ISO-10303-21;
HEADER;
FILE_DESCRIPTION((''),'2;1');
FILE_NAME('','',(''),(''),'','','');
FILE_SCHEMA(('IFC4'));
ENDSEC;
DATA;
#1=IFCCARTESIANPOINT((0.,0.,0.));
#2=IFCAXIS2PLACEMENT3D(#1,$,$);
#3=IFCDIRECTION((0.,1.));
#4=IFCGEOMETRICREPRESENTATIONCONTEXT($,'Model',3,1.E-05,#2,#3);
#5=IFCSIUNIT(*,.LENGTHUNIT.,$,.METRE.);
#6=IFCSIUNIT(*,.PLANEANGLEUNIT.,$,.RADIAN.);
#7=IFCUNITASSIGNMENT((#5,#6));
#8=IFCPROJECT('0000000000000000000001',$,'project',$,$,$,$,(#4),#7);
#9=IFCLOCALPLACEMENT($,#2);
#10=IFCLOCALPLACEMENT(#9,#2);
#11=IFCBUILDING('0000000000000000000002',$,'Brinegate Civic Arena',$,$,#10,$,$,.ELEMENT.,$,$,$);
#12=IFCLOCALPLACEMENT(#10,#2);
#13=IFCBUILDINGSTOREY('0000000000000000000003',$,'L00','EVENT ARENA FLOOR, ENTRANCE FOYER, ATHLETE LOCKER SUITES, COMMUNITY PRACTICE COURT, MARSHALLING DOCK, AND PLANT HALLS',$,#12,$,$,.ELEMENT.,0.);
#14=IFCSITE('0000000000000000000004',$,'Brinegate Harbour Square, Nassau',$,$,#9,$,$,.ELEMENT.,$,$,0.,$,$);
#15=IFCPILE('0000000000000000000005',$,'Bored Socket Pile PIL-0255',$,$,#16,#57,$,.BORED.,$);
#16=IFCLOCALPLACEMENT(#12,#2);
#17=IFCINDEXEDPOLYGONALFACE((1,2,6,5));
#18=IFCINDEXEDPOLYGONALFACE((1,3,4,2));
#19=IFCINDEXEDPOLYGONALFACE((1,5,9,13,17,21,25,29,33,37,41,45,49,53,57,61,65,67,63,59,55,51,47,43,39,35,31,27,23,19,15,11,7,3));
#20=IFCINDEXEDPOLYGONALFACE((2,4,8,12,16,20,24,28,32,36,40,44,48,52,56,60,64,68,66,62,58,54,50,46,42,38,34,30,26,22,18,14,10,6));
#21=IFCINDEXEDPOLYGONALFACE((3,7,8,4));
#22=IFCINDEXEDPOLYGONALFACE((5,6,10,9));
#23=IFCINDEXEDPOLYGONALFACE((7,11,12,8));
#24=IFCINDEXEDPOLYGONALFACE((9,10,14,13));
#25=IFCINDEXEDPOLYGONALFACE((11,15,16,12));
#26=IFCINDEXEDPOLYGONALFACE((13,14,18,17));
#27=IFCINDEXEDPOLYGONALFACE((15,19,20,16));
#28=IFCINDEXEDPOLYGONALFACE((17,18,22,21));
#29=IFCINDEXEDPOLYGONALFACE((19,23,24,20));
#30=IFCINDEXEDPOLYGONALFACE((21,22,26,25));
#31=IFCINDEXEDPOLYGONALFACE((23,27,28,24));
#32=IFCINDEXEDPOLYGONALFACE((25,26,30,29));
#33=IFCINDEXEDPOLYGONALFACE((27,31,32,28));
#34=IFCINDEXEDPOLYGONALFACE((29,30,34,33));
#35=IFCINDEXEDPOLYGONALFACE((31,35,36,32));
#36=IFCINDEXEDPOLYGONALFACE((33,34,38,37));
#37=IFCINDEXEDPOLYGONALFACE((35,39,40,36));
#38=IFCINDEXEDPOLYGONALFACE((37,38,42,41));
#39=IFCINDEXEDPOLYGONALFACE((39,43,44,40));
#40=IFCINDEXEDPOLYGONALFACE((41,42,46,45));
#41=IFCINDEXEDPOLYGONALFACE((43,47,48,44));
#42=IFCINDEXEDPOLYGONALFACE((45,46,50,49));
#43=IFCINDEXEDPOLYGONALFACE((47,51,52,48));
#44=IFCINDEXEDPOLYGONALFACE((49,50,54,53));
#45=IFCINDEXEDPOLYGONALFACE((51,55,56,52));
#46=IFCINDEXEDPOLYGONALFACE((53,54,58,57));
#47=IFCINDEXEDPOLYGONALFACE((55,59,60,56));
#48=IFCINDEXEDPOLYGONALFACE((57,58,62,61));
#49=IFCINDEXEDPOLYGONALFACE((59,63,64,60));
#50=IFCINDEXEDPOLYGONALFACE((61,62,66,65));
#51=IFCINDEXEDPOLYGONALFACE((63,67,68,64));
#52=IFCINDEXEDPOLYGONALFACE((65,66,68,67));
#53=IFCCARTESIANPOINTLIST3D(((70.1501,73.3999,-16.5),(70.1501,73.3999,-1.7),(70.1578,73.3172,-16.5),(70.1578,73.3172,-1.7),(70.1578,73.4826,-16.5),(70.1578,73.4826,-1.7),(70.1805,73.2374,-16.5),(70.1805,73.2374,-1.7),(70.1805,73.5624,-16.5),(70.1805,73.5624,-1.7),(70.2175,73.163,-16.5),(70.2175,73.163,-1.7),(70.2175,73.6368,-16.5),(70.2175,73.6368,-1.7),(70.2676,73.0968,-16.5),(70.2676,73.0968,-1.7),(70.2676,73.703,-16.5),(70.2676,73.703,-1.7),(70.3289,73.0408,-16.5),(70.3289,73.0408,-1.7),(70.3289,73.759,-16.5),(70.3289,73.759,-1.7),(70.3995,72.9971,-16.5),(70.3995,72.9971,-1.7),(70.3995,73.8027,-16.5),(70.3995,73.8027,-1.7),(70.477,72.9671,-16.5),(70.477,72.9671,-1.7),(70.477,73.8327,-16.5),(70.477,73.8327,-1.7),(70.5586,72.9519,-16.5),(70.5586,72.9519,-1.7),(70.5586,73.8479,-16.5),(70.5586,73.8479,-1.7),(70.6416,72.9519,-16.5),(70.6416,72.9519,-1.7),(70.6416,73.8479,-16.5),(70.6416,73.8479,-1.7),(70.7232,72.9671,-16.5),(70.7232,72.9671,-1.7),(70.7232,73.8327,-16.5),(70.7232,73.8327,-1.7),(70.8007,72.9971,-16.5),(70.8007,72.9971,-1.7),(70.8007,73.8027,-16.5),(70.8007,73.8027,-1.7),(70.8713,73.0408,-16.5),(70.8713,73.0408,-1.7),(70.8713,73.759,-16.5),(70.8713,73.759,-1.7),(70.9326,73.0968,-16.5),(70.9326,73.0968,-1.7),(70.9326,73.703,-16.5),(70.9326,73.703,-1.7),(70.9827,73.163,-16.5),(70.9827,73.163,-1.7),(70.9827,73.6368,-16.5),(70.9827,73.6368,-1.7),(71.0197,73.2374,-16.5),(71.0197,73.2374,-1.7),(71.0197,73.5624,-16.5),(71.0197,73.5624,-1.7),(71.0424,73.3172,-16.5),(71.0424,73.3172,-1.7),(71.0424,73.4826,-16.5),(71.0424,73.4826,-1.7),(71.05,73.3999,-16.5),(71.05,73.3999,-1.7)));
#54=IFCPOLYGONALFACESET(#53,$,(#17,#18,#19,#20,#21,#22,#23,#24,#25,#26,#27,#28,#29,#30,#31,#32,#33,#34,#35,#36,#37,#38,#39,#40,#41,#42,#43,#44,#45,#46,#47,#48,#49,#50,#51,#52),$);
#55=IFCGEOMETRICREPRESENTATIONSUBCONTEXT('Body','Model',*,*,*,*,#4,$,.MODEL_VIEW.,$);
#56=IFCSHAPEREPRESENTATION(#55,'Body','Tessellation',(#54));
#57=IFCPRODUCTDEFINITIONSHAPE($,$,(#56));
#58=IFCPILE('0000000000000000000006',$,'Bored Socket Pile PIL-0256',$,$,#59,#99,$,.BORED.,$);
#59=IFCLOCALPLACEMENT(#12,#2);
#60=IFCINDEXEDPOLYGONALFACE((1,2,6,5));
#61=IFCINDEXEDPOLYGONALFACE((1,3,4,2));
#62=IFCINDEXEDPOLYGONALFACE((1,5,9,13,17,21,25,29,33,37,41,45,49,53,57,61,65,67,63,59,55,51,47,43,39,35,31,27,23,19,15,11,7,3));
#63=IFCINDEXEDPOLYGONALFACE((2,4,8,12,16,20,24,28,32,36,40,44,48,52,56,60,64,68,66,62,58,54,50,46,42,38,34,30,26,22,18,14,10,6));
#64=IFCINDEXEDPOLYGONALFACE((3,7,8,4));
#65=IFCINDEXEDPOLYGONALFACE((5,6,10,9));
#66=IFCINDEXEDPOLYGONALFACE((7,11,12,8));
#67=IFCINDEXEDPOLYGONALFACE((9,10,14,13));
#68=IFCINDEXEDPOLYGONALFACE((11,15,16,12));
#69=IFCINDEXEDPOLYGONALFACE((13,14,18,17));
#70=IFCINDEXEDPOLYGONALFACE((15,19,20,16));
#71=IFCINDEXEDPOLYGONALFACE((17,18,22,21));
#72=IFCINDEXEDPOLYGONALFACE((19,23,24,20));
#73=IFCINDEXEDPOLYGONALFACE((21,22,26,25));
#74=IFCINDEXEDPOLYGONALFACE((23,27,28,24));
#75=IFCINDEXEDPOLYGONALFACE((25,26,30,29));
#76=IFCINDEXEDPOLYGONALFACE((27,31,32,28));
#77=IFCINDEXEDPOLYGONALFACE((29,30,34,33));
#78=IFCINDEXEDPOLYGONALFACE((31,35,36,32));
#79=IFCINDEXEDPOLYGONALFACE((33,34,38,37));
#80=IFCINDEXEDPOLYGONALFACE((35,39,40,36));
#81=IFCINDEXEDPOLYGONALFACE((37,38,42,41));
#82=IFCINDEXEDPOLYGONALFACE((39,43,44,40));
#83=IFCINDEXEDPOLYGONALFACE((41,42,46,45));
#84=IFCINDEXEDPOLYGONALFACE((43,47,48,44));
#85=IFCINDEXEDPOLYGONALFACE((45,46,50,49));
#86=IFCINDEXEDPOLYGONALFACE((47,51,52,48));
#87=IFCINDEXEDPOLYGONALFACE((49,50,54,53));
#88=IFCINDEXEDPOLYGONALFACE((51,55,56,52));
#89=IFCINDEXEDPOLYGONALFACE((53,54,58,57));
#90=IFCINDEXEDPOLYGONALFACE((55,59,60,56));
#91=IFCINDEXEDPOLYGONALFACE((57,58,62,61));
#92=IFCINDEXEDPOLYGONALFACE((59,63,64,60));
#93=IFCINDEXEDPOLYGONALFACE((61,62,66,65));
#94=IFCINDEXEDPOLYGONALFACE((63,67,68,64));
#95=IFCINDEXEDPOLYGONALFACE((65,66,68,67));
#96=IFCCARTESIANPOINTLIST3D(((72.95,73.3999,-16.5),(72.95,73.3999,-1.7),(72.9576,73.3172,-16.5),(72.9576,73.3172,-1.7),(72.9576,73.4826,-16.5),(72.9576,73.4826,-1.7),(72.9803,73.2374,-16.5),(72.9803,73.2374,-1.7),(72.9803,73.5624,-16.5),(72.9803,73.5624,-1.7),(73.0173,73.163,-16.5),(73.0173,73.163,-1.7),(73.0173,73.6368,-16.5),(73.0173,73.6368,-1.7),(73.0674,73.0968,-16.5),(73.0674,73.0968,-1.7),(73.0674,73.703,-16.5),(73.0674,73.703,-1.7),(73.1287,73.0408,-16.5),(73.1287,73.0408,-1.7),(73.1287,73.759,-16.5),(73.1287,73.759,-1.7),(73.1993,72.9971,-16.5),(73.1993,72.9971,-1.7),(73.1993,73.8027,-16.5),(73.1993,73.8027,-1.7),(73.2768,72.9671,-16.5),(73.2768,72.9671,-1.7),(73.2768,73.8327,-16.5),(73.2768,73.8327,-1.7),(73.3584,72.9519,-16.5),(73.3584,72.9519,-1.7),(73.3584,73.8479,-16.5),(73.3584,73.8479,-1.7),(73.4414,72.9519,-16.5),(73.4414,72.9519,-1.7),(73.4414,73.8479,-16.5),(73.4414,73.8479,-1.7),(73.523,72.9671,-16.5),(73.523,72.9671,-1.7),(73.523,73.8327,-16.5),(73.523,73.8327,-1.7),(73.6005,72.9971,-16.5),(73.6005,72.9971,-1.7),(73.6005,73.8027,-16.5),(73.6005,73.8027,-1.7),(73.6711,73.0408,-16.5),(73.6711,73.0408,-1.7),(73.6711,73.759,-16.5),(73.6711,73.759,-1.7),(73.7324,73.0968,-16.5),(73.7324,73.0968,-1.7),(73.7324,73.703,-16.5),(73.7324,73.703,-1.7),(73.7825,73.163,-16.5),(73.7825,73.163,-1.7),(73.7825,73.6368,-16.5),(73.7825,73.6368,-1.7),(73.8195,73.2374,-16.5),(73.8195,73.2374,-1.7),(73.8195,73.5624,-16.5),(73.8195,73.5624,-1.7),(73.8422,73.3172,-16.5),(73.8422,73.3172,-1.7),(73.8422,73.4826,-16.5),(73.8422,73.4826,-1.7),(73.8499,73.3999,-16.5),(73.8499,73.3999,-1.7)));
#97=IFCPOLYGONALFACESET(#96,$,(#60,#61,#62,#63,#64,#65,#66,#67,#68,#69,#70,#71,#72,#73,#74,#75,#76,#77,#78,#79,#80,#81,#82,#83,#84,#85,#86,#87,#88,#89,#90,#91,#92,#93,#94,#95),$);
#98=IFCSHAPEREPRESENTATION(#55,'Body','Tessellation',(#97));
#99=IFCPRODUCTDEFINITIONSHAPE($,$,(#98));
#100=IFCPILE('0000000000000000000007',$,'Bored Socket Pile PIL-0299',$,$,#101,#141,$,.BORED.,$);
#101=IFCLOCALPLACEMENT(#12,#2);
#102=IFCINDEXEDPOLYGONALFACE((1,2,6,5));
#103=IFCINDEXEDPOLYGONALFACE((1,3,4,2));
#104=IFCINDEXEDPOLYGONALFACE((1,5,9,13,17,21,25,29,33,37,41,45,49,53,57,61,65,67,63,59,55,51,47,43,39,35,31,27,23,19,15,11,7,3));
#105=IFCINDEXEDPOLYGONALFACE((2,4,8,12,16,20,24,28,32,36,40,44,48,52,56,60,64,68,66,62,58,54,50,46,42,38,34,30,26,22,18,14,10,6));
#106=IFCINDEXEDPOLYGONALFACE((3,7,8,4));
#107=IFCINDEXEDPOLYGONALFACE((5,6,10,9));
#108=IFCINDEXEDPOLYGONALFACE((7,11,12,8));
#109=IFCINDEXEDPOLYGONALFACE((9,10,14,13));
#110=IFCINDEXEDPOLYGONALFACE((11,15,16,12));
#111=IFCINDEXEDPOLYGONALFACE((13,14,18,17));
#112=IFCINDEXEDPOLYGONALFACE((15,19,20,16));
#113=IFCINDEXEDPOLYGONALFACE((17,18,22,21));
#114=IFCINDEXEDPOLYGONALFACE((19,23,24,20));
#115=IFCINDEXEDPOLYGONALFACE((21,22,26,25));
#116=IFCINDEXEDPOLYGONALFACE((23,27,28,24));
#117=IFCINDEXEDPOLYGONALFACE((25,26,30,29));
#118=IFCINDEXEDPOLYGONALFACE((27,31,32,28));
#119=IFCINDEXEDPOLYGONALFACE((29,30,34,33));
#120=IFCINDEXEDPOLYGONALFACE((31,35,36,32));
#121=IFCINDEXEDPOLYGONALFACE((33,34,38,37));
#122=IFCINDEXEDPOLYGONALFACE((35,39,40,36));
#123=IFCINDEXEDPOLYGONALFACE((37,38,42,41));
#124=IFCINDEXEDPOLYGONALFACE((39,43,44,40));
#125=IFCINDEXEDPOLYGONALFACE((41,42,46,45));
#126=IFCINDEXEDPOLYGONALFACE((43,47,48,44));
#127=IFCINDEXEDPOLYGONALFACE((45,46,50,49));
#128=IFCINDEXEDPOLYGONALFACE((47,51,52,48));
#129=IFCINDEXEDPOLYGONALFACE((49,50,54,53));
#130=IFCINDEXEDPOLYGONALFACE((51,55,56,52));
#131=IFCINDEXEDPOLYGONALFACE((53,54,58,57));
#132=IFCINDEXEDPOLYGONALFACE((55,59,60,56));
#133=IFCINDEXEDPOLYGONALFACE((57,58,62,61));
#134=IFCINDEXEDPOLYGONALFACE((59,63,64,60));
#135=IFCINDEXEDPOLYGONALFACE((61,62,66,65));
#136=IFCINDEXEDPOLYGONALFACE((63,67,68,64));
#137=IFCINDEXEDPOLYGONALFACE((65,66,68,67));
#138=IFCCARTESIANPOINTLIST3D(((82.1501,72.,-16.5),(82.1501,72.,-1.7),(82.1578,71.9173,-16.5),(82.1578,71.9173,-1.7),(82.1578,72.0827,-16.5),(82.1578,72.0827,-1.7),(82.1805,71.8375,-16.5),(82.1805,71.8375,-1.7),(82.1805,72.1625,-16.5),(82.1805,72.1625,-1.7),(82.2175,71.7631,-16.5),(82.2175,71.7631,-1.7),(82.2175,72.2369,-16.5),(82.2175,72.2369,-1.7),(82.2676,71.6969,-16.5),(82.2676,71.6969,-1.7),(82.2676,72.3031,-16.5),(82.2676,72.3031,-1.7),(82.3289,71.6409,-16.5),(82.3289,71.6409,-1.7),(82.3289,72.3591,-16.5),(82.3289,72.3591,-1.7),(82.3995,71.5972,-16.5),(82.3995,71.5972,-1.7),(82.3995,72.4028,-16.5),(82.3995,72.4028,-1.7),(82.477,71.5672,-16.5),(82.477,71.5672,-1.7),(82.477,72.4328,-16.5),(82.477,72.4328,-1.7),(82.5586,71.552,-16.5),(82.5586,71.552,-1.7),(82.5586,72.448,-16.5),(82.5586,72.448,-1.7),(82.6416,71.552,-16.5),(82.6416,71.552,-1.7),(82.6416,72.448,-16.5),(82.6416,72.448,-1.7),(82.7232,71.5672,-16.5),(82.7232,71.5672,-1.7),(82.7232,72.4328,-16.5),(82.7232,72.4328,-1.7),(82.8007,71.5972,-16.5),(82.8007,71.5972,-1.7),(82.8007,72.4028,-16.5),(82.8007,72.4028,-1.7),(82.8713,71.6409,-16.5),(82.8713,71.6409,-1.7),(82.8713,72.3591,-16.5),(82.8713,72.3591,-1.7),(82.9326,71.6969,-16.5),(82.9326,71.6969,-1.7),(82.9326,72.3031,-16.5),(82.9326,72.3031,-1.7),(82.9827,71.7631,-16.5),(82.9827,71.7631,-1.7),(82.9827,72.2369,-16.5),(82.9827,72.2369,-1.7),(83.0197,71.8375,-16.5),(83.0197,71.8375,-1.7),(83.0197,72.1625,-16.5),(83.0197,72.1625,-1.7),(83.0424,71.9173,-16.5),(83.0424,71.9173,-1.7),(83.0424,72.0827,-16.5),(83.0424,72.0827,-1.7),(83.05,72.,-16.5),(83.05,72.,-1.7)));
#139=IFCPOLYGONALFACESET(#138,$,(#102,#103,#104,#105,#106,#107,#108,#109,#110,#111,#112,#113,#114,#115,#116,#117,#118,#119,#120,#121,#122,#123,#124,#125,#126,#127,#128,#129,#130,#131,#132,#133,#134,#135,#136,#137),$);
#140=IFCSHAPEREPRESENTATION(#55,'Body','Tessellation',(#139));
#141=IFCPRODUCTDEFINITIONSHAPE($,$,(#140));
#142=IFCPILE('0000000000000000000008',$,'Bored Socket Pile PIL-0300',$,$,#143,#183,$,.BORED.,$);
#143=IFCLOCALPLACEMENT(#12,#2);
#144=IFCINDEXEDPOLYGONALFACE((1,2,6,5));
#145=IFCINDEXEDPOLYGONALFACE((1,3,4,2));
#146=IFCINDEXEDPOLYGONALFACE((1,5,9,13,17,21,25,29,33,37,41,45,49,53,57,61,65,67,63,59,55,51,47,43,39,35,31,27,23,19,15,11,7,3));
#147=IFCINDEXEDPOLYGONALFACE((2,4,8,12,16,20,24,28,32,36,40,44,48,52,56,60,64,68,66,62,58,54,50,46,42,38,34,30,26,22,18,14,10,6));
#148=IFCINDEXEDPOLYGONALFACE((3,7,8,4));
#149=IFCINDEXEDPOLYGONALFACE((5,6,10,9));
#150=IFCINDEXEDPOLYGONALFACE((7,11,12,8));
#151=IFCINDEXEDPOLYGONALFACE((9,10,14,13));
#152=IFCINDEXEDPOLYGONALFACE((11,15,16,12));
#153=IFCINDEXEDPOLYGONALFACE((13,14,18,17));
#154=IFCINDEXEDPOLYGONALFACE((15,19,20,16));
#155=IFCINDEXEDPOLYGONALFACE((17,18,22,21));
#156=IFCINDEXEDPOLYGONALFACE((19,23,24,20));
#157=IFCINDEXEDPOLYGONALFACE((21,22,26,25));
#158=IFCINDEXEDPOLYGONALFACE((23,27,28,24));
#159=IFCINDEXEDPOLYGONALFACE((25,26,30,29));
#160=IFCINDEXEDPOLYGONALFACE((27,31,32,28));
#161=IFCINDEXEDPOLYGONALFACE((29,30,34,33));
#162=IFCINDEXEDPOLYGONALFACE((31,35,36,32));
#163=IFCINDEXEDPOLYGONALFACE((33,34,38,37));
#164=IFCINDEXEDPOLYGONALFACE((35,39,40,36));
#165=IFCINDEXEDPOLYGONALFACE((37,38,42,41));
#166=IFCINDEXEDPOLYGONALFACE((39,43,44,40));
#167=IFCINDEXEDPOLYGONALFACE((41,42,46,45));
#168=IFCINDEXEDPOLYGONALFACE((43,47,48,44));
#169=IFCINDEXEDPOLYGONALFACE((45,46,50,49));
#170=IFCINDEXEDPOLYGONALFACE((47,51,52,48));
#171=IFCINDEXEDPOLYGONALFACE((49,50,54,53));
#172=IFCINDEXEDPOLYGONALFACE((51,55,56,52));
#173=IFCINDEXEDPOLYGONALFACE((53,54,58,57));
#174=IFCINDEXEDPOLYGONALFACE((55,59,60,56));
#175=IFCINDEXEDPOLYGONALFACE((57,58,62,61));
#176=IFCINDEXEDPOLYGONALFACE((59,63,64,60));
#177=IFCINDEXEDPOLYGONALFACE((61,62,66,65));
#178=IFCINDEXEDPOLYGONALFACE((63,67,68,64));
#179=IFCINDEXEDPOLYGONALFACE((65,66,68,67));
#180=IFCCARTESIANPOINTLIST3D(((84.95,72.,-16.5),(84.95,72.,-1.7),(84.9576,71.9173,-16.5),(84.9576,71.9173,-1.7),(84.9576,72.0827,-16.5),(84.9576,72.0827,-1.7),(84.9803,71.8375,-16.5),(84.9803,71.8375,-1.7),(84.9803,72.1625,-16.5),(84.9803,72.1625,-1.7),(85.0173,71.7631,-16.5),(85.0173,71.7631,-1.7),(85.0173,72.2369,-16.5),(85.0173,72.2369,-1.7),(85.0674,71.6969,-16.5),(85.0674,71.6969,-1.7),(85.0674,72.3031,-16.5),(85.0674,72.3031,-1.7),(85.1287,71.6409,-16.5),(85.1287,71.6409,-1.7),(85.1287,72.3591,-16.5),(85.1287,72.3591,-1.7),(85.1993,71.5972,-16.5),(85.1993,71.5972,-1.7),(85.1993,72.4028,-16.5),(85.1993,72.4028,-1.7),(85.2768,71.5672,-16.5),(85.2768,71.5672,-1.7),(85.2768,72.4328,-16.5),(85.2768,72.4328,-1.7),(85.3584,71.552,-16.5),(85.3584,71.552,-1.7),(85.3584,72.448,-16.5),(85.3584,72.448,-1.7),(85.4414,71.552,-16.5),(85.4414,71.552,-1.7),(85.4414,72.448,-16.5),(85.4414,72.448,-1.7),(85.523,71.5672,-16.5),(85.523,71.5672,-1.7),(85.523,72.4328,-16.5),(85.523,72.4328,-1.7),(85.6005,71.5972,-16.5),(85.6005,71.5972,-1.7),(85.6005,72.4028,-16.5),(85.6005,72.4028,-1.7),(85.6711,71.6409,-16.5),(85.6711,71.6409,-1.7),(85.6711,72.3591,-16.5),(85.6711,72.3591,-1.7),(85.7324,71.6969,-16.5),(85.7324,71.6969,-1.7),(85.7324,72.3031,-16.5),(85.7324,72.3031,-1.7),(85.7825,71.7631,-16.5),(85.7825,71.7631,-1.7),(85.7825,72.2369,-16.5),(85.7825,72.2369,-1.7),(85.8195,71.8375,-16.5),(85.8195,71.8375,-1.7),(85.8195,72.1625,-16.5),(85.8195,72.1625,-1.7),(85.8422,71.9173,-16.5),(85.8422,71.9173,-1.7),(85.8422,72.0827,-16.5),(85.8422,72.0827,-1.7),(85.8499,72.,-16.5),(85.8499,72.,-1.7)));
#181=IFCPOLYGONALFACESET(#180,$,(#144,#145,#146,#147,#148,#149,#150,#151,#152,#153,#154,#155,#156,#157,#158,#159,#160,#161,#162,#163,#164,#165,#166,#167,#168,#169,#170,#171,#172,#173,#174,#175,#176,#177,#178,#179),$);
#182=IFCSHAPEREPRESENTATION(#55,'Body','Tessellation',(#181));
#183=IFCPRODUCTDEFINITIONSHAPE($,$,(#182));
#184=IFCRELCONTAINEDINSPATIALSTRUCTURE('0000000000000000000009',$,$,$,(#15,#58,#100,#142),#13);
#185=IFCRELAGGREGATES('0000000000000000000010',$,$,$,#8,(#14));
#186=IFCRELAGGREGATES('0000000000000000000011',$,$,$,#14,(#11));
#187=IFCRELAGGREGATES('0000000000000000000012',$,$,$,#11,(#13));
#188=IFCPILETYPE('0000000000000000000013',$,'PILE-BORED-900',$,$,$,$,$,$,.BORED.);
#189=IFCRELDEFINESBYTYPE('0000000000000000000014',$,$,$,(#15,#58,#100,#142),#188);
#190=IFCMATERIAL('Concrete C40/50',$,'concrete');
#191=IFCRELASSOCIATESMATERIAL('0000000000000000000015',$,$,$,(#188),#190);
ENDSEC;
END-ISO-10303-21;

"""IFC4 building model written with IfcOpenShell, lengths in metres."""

from ifc_helpers import new_model, si_unit, direction, frame, origin, origin_2d, place, context, subcontext, project, spatial, circle, extrude, material, material_profile, profile_set, type_object, element, save


model = new_model("IFC4")

# Units and contexts
model_context = context("Model", 3, precision=1e-05, world=origin(), true_north=direction((0.0, 1.0)))
body_context = subcontext(model_context, "Body", "Model", "MODEL_VIEW")
ifc_project = project(units=[si_unit("LENGTHUNIT", "METRE"), si_unit("PLANEANGLEUNIT", "RADIAN")], contexts=[model_context])

# Site, building, storey
site_placement = place(None, origin())
site = spatial("IfcSite", under=ifc_project, at=site_placement, Name="Brinegate Harbour Square, Nassau", CompositionType="ELEMENT", RefElevation=0.0)
building_placement = place(site_placement, origin())
building = spatial("IfcBuilding", under=site, at=building_placement, Name="Brinegate Civic Arena", CompositionType="ELEMENT")
storey_placement = place(building_placement, origin())
storey = spatial("IfcBuildingStorey", under=building, at=storey_placement, Name="L00", Description="EVENT ARENA FLOOR, ENTRANCE FOYER, ATHLETE LOCKER SUITES, COMMUNITY PRACTICE COURT, MARSHALLING DOCK, AND PLANT HALLS", CompositionType="ELEMENT", Elevation=0.0)

# Shared definitions
ifc_material_1 = material(Name="Concrete C40/50", Category="concrete")

# Piles
ifc_material_profile_1 = material_profile(ifc_material_1, circle(Radius=0.45, at=origin_2d()), Name="PILED900")
ifc_profile_set_1 = profile_set([ifc_material_profile_1], Name="Concrete C40/50")
pile_type_1 = type_object("IfcPileType", Name="PILE-BORED-900", PredefinedType="BORED", material=ifc_profile_set_1)
for number, where, z_axis, x_axis, name in (
    (1, (70.6001, 73.3999, -1.7), (0.0, 0.0, -1.0), (1.0, 0.0, 0.0), "Bored Socket Pile PIL-0255"),
    (2, (73.3999, 73.3999, -1.7), (0.0, 0.0, -1.0), (1.0, 0.0, 0.0), "Bored Socket Pile PIL-0256"),
    (3, (82.6001, 72.0, -1.7), (0.0, 0.0, -1.0), (1.0, 0.0, 0.0), "Bored Socket Pile PIL-0299"),
    (4, (85.3999, 72.0, -1.7), (0.0, 0.0, -1.0), (1.0, 0.0, 0.0), "Bored Socket Pile PIL-0300"),
):
    element("IfcPile", number, at=place(storey_placement, frame(where, z_axis=z_axis, x_axis=x_axis)), inside=storey, type_object=pile_type_1, Name=name, PredefinedType="BORED", context=body_context, shape_type="SweptSolid", body=[
        extrude(circle(Radius=0.45, at=origin_2d()), origin(), (0.0, 0.0, 1.0), 14.8),
    ])

save(model, "model.ifc")
